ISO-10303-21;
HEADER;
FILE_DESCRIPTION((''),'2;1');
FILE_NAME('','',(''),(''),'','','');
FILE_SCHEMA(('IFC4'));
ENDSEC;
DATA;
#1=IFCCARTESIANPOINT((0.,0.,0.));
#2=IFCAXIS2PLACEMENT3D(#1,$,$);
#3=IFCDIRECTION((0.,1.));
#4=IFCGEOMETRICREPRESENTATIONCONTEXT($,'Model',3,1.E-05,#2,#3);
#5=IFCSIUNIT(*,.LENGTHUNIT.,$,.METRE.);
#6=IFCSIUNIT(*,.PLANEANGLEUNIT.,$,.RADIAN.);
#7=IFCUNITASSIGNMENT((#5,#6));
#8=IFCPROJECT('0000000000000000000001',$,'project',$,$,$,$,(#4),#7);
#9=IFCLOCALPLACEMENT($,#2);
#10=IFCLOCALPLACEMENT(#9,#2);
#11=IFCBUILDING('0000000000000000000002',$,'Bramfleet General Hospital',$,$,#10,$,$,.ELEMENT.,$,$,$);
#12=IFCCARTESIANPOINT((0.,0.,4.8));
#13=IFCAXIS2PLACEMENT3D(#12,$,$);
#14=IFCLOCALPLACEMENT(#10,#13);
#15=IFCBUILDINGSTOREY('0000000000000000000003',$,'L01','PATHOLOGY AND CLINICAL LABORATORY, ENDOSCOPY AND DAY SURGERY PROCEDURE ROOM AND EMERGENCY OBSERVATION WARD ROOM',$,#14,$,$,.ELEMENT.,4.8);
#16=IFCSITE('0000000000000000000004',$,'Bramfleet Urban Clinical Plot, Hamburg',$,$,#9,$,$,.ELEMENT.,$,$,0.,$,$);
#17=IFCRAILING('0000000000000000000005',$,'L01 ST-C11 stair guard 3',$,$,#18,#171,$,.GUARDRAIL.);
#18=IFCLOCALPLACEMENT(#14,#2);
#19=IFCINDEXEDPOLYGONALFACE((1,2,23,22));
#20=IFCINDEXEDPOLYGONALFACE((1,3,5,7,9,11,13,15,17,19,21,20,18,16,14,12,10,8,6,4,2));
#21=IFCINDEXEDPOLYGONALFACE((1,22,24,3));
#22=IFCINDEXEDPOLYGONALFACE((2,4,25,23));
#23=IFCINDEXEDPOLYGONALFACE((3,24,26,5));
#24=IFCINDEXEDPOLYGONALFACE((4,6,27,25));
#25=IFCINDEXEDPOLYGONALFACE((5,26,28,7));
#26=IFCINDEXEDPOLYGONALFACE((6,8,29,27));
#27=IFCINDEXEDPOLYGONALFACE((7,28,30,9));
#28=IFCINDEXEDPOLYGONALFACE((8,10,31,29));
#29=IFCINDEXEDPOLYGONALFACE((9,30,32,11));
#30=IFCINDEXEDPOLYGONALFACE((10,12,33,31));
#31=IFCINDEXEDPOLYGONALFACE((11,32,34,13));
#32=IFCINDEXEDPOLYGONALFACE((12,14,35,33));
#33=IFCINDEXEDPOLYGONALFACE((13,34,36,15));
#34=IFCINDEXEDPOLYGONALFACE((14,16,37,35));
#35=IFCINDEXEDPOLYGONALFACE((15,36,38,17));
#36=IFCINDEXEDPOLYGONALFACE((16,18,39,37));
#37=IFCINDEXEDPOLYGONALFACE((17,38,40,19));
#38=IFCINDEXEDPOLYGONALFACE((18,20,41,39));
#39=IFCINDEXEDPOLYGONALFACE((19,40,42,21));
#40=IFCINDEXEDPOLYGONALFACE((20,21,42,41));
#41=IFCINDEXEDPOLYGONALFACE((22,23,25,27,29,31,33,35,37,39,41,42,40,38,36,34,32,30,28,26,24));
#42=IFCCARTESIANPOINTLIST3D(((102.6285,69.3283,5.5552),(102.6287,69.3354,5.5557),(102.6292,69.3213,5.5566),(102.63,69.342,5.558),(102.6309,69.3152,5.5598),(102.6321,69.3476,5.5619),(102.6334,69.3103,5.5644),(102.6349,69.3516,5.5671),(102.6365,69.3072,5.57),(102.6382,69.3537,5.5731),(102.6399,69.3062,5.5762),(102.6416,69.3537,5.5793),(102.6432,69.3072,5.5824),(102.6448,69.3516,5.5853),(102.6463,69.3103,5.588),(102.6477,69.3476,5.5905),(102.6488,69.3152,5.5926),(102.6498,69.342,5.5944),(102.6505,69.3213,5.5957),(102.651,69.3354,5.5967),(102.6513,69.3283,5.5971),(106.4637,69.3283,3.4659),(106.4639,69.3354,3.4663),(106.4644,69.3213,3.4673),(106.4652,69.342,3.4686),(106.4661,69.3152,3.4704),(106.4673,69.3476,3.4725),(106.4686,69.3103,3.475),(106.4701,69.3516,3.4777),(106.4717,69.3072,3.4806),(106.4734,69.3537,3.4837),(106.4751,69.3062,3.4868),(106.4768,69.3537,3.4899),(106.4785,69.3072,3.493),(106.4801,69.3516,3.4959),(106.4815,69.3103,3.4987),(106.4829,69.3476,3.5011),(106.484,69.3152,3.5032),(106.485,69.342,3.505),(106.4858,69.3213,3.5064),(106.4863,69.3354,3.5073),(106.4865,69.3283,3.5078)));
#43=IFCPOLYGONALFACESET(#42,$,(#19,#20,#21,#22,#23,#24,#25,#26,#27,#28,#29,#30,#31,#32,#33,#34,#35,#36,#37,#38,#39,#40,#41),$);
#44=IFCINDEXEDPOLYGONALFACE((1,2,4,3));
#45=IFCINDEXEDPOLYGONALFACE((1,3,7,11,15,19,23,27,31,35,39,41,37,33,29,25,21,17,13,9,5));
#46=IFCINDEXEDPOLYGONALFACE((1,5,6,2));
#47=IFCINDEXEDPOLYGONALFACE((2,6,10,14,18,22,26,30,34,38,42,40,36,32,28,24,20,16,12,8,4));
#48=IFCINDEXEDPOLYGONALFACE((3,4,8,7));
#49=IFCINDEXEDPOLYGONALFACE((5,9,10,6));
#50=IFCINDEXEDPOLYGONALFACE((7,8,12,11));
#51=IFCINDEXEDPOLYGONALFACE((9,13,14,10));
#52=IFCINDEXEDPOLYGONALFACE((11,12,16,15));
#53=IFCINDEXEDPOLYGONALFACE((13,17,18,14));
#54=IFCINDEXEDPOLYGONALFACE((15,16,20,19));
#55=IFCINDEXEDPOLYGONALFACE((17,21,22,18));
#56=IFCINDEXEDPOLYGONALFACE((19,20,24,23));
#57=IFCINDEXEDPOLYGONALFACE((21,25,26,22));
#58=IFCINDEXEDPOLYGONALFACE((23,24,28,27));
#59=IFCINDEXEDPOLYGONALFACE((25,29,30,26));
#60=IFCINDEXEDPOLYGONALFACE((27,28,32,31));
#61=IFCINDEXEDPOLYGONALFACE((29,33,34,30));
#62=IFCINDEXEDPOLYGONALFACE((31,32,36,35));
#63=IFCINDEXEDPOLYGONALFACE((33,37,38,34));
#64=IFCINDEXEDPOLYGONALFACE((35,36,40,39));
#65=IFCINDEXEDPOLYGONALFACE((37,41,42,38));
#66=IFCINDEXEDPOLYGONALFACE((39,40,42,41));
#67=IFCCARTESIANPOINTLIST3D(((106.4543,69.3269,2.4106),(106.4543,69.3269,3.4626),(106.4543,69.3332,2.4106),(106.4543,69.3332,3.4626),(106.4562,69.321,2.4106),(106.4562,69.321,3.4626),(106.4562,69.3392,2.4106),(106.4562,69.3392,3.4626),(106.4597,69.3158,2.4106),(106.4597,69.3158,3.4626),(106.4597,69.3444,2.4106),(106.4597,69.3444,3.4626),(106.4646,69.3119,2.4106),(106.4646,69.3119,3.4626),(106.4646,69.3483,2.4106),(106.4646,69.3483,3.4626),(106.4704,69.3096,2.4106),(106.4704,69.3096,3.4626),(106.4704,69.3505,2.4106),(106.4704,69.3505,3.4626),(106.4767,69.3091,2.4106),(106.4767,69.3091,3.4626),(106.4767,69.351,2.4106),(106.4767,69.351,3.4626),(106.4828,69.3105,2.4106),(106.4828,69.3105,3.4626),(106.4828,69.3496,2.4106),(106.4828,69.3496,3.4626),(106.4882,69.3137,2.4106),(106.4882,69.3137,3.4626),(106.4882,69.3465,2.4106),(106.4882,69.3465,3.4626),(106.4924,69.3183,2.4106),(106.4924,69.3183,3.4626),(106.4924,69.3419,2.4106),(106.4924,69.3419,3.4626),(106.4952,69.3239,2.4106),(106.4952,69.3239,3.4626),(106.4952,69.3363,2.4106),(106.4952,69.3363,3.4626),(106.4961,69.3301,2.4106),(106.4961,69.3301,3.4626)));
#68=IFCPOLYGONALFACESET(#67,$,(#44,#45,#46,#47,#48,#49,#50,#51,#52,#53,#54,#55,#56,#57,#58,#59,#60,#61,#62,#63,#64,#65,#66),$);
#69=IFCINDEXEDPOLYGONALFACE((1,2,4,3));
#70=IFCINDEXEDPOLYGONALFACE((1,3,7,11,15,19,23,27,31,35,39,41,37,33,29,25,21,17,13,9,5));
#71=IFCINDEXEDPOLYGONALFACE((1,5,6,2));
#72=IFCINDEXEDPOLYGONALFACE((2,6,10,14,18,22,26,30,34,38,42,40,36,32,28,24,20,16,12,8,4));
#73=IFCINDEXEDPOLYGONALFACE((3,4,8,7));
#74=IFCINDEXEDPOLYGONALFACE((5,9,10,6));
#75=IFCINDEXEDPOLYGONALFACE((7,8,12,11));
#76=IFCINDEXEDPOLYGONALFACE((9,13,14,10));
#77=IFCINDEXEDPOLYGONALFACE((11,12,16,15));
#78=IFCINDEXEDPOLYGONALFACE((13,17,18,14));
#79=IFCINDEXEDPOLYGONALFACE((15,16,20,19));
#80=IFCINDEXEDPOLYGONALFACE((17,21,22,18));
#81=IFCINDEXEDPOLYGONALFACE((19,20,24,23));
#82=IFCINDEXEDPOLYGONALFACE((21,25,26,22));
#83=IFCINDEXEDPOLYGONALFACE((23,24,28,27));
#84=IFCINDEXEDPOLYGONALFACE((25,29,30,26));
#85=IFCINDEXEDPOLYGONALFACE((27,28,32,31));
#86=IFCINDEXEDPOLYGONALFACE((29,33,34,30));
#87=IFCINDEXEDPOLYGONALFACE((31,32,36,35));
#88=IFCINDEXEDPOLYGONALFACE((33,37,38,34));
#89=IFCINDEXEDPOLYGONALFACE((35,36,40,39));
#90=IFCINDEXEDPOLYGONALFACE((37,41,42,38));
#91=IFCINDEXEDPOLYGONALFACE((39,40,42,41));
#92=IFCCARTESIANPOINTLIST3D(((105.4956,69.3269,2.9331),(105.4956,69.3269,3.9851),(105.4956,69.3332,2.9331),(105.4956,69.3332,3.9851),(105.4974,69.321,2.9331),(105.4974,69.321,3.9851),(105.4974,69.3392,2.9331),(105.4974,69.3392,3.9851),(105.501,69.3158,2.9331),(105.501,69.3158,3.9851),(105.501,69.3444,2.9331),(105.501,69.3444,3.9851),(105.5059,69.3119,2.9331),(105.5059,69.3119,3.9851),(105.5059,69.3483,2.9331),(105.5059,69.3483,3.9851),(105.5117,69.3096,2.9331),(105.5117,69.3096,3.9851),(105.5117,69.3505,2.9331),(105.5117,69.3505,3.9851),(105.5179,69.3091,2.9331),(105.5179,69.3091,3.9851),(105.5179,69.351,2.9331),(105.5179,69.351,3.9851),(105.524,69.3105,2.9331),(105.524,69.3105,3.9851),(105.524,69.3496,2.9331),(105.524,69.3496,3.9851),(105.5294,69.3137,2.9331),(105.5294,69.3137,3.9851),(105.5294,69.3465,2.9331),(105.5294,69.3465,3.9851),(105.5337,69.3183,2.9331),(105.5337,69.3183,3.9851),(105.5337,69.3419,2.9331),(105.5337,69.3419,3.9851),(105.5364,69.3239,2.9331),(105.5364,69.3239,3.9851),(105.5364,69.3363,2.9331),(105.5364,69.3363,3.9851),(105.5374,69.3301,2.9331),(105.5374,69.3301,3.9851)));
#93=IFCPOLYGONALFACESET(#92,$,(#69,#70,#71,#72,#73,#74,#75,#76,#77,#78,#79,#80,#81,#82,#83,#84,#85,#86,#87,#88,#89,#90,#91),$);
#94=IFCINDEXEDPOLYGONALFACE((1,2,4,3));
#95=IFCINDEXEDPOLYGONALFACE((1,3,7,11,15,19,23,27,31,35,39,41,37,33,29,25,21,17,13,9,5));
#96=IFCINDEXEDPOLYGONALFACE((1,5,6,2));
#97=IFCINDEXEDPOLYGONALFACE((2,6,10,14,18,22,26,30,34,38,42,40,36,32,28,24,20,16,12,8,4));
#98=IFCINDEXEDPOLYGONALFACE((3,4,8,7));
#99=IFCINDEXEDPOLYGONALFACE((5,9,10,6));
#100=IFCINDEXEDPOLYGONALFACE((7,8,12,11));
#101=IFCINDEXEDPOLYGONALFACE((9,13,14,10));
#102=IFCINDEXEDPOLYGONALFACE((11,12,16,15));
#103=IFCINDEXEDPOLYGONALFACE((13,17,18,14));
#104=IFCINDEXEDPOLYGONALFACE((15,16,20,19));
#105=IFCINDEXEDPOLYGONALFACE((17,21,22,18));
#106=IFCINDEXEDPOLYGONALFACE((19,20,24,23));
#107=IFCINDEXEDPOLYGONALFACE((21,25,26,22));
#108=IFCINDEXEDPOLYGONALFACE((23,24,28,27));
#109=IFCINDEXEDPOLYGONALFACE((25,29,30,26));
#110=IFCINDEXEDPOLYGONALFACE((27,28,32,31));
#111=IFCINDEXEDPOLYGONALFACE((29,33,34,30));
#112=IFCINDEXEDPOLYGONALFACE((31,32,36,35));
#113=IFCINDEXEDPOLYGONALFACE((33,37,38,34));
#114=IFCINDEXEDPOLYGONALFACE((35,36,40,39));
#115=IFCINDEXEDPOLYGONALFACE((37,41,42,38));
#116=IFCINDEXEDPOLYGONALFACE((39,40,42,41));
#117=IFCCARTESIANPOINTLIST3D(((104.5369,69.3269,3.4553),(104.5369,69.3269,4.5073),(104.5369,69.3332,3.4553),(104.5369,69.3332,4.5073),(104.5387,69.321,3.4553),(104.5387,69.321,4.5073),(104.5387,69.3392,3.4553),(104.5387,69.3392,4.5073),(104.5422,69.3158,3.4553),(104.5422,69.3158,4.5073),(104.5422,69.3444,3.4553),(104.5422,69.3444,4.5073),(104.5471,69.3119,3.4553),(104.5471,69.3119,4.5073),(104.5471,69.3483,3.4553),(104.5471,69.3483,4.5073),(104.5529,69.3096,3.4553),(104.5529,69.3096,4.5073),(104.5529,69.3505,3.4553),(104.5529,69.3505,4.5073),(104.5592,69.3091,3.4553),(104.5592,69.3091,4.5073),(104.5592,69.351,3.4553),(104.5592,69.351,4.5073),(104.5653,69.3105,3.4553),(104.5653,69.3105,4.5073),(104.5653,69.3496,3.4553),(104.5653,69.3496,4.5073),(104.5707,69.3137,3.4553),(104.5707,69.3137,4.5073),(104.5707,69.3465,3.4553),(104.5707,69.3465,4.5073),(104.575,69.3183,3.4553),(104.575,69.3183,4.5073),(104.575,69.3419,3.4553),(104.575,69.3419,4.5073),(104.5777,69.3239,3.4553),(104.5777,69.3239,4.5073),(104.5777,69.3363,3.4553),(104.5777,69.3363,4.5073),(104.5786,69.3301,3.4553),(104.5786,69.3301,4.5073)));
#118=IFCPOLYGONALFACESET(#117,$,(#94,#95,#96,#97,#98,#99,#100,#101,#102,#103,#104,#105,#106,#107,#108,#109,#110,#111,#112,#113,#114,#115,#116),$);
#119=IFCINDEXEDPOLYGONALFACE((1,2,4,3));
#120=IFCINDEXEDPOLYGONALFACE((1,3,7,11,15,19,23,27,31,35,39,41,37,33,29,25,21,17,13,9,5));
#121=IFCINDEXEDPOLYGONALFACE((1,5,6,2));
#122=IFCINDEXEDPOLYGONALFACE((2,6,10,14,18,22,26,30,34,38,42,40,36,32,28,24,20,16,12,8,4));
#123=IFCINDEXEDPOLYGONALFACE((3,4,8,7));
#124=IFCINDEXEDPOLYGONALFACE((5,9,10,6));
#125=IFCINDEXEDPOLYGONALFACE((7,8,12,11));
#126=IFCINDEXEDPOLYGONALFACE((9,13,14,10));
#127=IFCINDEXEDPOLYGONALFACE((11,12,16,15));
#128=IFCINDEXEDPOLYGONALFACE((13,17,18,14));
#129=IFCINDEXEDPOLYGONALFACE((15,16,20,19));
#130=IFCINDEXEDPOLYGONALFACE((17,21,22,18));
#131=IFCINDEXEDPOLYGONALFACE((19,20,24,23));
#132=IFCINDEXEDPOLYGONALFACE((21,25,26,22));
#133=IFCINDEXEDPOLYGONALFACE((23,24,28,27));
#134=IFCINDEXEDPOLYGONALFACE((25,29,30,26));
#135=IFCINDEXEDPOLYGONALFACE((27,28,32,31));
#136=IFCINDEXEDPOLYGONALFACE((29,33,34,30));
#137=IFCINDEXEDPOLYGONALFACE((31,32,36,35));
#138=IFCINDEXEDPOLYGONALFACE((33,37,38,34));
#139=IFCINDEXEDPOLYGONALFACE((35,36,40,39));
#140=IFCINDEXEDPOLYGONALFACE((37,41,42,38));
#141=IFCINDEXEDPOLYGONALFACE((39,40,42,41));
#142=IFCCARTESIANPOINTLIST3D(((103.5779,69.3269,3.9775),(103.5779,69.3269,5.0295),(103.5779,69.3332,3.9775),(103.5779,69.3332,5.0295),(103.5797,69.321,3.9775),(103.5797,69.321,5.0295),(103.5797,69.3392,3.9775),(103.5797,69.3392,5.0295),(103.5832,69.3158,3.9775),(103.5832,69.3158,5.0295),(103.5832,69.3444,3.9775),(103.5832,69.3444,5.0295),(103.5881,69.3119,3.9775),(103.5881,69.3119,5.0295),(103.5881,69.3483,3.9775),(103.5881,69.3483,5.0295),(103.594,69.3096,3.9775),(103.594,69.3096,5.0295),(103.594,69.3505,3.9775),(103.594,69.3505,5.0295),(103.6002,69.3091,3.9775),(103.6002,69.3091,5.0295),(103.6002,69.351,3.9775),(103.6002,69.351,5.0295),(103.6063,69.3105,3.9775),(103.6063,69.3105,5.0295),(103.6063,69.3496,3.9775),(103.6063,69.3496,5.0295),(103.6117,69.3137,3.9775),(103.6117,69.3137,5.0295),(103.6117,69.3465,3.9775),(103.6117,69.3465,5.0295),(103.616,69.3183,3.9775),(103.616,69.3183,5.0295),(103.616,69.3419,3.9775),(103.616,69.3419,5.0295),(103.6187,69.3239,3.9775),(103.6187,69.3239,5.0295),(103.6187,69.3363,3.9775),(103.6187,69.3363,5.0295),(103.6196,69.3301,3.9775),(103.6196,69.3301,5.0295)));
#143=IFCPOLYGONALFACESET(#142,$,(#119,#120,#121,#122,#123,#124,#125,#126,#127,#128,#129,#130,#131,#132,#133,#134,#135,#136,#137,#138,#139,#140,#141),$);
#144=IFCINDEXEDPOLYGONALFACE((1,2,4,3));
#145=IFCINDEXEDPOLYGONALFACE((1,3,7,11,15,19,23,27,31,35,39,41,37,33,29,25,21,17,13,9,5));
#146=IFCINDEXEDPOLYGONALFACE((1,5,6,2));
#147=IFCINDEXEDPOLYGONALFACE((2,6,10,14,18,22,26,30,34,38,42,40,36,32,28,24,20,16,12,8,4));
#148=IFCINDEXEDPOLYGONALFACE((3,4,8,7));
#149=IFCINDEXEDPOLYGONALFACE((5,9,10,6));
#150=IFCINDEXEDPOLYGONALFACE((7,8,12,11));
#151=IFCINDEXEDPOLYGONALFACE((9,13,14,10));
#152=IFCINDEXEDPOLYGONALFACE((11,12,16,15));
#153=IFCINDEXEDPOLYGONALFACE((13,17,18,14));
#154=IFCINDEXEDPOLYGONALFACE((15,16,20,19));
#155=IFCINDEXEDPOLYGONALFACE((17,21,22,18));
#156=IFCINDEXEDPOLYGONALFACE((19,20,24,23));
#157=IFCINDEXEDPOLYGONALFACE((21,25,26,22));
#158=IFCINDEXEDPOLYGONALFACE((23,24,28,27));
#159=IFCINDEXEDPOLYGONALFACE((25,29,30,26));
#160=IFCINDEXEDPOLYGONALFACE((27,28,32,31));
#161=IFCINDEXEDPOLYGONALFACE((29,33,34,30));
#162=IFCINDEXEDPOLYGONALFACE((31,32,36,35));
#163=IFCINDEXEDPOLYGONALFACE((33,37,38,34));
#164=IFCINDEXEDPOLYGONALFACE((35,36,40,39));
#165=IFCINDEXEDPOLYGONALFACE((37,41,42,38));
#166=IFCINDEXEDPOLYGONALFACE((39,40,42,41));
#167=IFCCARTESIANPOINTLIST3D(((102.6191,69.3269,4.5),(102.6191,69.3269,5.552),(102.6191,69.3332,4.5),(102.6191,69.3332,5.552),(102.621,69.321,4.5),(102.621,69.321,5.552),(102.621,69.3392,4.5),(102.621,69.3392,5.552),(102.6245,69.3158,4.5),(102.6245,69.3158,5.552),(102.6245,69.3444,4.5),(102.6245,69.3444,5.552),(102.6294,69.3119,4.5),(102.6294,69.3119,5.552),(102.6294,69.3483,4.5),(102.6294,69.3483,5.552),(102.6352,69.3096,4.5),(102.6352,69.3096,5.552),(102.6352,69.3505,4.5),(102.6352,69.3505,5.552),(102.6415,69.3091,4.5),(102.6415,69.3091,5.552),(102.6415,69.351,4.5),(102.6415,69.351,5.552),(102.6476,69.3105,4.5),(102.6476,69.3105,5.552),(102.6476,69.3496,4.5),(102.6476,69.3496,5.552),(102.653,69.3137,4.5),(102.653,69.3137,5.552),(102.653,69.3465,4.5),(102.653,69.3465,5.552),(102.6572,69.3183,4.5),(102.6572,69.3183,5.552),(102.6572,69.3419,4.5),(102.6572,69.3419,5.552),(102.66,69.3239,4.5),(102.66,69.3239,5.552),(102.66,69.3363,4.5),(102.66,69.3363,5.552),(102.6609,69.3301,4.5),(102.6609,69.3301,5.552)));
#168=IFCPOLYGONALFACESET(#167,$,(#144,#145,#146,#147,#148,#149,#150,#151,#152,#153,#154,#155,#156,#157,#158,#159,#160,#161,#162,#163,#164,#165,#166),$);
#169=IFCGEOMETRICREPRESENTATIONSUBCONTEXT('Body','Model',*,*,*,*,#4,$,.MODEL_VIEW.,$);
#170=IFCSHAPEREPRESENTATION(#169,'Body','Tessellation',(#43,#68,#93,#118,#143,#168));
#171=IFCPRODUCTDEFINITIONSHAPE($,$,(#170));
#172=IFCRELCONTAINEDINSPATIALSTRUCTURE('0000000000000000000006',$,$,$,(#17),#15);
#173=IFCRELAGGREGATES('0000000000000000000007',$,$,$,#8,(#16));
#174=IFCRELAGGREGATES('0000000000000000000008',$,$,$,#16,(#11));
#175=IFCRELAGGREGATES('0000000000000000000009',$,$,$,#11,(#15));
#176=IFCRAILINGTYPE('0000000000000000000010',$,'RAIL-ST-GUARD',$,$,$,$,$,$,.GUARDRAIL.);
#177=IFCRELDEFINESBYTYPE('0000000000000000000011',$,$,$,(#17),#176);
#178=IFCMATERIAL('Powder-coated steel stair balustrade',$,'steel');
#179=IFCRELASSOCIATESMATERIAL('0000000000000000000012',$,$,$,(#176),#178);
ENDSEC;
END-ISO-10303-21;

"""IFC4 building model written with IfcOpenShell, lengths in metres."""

from ifc_helpers import new_model, si_unit, direction, frame, origin, origin_2d, place, context, subcontext, project, spatial, circle, extrude, material, type_object, element, save


model = new_model("IFC4")

# Units and contexts
model_context = context("Model", 3, precision=1e-05, world=origin(), true_north=direction((0.0, 1.0)))
body_context = subcontext(model_context, "Body", "Model", "MODEL_VIEW")
ifc_project = project(units=[si_unit("LENGTHUNIT", "METRE"), si_unit("PLANEANGLEUNIT", "RADIAN")], contexts=[model_context])

# Site, building, storey
site_placement = place(None, origin())
site = spatial("IfcSite", under=ifc_project, at=site_placement, Name="Bramfleet Urban Clinical Plot, Hamburg", CompositionType="ELEMENT", RefElevation=0.0)
building_placement = place(site_placement, origin())
building = spatial("IfcBuilding", under=site, at=building_placement, Name="Bramfleet General Hospital", CompositionType="ELEMENT")
storey_placement = place(building_placement, frame((0.0, 0.0, 4.8)))
storey = spatial("IfcBuildingStorey", under=building, at=storey_placement, Name="L01", Description="PATHOLOGY AND CLINICAL LABORATORY, ENDOSCOPY AND DAY SURGERY PROCEDURE ROOM AND EMERGENCY OBSERVATION WARD ROOM", CompositionType="ELEMENT", Elevation=4.8)

# Railing
ifc_material_1 = material(Name="Powder-coated steel stair balustrade", Category="steel")
railing_type_1 = type_object("IfcRailingType", Name="RAIL-ST-GUARD", PredefinedType="GUARDRAIL", material=ifc_material_1)
railing_1_placement = place(storey_placement, frame((106.4751, 69.3301, 2.4106)))
element("IfcRailing", 1, at=railing_1_placement, inside=storey, type_object=railing_type_1, Name="L01 ST-C11 stair guard 3", PredefinedType="GUARDRAIL", context=body_context, shape_type="SweptSolid", body=[
    extrude(circle(Radius=0.0239, at=origin_2d()), frame((0.0, 0.0, 1.0762), z_axis=(-0.878143, 0.0, 0.478398), x_axis=(0.0, -1.0, 0.0)), (0.0, 0.0, 1.0), 4.3674),
    extrude(circle(Radius=0.021, at=origin_2d()), origin(), (0.0, 0.0, 1.0), 1.052),
    extrude(circle(Radius=0.021, at=origin_2d()), frame((-0.9587, 0.0, 0.5225)), (0.0, 0.0, 1.0), 1.052),
    extrude(circle(Radius=0.021, at=origin_2d()), frame((-1.9175, 0.0, 1.0447)), (0.0, 0.0, 1.0), 1.052),
    extrude(circle(Radius=0.021, at=origin_2d()), frame((-2.8765, 0.0, 1.5669)), (0.0, 0.0, 1.0), 1.052),
    extrude(circle(Radius=0.021, at=origin_2d()), frame((-3.8352, 0.0, 2.0894)), (0.0, 0.0, 1.0), 1.052),
])

save(model, "model.ifc")
